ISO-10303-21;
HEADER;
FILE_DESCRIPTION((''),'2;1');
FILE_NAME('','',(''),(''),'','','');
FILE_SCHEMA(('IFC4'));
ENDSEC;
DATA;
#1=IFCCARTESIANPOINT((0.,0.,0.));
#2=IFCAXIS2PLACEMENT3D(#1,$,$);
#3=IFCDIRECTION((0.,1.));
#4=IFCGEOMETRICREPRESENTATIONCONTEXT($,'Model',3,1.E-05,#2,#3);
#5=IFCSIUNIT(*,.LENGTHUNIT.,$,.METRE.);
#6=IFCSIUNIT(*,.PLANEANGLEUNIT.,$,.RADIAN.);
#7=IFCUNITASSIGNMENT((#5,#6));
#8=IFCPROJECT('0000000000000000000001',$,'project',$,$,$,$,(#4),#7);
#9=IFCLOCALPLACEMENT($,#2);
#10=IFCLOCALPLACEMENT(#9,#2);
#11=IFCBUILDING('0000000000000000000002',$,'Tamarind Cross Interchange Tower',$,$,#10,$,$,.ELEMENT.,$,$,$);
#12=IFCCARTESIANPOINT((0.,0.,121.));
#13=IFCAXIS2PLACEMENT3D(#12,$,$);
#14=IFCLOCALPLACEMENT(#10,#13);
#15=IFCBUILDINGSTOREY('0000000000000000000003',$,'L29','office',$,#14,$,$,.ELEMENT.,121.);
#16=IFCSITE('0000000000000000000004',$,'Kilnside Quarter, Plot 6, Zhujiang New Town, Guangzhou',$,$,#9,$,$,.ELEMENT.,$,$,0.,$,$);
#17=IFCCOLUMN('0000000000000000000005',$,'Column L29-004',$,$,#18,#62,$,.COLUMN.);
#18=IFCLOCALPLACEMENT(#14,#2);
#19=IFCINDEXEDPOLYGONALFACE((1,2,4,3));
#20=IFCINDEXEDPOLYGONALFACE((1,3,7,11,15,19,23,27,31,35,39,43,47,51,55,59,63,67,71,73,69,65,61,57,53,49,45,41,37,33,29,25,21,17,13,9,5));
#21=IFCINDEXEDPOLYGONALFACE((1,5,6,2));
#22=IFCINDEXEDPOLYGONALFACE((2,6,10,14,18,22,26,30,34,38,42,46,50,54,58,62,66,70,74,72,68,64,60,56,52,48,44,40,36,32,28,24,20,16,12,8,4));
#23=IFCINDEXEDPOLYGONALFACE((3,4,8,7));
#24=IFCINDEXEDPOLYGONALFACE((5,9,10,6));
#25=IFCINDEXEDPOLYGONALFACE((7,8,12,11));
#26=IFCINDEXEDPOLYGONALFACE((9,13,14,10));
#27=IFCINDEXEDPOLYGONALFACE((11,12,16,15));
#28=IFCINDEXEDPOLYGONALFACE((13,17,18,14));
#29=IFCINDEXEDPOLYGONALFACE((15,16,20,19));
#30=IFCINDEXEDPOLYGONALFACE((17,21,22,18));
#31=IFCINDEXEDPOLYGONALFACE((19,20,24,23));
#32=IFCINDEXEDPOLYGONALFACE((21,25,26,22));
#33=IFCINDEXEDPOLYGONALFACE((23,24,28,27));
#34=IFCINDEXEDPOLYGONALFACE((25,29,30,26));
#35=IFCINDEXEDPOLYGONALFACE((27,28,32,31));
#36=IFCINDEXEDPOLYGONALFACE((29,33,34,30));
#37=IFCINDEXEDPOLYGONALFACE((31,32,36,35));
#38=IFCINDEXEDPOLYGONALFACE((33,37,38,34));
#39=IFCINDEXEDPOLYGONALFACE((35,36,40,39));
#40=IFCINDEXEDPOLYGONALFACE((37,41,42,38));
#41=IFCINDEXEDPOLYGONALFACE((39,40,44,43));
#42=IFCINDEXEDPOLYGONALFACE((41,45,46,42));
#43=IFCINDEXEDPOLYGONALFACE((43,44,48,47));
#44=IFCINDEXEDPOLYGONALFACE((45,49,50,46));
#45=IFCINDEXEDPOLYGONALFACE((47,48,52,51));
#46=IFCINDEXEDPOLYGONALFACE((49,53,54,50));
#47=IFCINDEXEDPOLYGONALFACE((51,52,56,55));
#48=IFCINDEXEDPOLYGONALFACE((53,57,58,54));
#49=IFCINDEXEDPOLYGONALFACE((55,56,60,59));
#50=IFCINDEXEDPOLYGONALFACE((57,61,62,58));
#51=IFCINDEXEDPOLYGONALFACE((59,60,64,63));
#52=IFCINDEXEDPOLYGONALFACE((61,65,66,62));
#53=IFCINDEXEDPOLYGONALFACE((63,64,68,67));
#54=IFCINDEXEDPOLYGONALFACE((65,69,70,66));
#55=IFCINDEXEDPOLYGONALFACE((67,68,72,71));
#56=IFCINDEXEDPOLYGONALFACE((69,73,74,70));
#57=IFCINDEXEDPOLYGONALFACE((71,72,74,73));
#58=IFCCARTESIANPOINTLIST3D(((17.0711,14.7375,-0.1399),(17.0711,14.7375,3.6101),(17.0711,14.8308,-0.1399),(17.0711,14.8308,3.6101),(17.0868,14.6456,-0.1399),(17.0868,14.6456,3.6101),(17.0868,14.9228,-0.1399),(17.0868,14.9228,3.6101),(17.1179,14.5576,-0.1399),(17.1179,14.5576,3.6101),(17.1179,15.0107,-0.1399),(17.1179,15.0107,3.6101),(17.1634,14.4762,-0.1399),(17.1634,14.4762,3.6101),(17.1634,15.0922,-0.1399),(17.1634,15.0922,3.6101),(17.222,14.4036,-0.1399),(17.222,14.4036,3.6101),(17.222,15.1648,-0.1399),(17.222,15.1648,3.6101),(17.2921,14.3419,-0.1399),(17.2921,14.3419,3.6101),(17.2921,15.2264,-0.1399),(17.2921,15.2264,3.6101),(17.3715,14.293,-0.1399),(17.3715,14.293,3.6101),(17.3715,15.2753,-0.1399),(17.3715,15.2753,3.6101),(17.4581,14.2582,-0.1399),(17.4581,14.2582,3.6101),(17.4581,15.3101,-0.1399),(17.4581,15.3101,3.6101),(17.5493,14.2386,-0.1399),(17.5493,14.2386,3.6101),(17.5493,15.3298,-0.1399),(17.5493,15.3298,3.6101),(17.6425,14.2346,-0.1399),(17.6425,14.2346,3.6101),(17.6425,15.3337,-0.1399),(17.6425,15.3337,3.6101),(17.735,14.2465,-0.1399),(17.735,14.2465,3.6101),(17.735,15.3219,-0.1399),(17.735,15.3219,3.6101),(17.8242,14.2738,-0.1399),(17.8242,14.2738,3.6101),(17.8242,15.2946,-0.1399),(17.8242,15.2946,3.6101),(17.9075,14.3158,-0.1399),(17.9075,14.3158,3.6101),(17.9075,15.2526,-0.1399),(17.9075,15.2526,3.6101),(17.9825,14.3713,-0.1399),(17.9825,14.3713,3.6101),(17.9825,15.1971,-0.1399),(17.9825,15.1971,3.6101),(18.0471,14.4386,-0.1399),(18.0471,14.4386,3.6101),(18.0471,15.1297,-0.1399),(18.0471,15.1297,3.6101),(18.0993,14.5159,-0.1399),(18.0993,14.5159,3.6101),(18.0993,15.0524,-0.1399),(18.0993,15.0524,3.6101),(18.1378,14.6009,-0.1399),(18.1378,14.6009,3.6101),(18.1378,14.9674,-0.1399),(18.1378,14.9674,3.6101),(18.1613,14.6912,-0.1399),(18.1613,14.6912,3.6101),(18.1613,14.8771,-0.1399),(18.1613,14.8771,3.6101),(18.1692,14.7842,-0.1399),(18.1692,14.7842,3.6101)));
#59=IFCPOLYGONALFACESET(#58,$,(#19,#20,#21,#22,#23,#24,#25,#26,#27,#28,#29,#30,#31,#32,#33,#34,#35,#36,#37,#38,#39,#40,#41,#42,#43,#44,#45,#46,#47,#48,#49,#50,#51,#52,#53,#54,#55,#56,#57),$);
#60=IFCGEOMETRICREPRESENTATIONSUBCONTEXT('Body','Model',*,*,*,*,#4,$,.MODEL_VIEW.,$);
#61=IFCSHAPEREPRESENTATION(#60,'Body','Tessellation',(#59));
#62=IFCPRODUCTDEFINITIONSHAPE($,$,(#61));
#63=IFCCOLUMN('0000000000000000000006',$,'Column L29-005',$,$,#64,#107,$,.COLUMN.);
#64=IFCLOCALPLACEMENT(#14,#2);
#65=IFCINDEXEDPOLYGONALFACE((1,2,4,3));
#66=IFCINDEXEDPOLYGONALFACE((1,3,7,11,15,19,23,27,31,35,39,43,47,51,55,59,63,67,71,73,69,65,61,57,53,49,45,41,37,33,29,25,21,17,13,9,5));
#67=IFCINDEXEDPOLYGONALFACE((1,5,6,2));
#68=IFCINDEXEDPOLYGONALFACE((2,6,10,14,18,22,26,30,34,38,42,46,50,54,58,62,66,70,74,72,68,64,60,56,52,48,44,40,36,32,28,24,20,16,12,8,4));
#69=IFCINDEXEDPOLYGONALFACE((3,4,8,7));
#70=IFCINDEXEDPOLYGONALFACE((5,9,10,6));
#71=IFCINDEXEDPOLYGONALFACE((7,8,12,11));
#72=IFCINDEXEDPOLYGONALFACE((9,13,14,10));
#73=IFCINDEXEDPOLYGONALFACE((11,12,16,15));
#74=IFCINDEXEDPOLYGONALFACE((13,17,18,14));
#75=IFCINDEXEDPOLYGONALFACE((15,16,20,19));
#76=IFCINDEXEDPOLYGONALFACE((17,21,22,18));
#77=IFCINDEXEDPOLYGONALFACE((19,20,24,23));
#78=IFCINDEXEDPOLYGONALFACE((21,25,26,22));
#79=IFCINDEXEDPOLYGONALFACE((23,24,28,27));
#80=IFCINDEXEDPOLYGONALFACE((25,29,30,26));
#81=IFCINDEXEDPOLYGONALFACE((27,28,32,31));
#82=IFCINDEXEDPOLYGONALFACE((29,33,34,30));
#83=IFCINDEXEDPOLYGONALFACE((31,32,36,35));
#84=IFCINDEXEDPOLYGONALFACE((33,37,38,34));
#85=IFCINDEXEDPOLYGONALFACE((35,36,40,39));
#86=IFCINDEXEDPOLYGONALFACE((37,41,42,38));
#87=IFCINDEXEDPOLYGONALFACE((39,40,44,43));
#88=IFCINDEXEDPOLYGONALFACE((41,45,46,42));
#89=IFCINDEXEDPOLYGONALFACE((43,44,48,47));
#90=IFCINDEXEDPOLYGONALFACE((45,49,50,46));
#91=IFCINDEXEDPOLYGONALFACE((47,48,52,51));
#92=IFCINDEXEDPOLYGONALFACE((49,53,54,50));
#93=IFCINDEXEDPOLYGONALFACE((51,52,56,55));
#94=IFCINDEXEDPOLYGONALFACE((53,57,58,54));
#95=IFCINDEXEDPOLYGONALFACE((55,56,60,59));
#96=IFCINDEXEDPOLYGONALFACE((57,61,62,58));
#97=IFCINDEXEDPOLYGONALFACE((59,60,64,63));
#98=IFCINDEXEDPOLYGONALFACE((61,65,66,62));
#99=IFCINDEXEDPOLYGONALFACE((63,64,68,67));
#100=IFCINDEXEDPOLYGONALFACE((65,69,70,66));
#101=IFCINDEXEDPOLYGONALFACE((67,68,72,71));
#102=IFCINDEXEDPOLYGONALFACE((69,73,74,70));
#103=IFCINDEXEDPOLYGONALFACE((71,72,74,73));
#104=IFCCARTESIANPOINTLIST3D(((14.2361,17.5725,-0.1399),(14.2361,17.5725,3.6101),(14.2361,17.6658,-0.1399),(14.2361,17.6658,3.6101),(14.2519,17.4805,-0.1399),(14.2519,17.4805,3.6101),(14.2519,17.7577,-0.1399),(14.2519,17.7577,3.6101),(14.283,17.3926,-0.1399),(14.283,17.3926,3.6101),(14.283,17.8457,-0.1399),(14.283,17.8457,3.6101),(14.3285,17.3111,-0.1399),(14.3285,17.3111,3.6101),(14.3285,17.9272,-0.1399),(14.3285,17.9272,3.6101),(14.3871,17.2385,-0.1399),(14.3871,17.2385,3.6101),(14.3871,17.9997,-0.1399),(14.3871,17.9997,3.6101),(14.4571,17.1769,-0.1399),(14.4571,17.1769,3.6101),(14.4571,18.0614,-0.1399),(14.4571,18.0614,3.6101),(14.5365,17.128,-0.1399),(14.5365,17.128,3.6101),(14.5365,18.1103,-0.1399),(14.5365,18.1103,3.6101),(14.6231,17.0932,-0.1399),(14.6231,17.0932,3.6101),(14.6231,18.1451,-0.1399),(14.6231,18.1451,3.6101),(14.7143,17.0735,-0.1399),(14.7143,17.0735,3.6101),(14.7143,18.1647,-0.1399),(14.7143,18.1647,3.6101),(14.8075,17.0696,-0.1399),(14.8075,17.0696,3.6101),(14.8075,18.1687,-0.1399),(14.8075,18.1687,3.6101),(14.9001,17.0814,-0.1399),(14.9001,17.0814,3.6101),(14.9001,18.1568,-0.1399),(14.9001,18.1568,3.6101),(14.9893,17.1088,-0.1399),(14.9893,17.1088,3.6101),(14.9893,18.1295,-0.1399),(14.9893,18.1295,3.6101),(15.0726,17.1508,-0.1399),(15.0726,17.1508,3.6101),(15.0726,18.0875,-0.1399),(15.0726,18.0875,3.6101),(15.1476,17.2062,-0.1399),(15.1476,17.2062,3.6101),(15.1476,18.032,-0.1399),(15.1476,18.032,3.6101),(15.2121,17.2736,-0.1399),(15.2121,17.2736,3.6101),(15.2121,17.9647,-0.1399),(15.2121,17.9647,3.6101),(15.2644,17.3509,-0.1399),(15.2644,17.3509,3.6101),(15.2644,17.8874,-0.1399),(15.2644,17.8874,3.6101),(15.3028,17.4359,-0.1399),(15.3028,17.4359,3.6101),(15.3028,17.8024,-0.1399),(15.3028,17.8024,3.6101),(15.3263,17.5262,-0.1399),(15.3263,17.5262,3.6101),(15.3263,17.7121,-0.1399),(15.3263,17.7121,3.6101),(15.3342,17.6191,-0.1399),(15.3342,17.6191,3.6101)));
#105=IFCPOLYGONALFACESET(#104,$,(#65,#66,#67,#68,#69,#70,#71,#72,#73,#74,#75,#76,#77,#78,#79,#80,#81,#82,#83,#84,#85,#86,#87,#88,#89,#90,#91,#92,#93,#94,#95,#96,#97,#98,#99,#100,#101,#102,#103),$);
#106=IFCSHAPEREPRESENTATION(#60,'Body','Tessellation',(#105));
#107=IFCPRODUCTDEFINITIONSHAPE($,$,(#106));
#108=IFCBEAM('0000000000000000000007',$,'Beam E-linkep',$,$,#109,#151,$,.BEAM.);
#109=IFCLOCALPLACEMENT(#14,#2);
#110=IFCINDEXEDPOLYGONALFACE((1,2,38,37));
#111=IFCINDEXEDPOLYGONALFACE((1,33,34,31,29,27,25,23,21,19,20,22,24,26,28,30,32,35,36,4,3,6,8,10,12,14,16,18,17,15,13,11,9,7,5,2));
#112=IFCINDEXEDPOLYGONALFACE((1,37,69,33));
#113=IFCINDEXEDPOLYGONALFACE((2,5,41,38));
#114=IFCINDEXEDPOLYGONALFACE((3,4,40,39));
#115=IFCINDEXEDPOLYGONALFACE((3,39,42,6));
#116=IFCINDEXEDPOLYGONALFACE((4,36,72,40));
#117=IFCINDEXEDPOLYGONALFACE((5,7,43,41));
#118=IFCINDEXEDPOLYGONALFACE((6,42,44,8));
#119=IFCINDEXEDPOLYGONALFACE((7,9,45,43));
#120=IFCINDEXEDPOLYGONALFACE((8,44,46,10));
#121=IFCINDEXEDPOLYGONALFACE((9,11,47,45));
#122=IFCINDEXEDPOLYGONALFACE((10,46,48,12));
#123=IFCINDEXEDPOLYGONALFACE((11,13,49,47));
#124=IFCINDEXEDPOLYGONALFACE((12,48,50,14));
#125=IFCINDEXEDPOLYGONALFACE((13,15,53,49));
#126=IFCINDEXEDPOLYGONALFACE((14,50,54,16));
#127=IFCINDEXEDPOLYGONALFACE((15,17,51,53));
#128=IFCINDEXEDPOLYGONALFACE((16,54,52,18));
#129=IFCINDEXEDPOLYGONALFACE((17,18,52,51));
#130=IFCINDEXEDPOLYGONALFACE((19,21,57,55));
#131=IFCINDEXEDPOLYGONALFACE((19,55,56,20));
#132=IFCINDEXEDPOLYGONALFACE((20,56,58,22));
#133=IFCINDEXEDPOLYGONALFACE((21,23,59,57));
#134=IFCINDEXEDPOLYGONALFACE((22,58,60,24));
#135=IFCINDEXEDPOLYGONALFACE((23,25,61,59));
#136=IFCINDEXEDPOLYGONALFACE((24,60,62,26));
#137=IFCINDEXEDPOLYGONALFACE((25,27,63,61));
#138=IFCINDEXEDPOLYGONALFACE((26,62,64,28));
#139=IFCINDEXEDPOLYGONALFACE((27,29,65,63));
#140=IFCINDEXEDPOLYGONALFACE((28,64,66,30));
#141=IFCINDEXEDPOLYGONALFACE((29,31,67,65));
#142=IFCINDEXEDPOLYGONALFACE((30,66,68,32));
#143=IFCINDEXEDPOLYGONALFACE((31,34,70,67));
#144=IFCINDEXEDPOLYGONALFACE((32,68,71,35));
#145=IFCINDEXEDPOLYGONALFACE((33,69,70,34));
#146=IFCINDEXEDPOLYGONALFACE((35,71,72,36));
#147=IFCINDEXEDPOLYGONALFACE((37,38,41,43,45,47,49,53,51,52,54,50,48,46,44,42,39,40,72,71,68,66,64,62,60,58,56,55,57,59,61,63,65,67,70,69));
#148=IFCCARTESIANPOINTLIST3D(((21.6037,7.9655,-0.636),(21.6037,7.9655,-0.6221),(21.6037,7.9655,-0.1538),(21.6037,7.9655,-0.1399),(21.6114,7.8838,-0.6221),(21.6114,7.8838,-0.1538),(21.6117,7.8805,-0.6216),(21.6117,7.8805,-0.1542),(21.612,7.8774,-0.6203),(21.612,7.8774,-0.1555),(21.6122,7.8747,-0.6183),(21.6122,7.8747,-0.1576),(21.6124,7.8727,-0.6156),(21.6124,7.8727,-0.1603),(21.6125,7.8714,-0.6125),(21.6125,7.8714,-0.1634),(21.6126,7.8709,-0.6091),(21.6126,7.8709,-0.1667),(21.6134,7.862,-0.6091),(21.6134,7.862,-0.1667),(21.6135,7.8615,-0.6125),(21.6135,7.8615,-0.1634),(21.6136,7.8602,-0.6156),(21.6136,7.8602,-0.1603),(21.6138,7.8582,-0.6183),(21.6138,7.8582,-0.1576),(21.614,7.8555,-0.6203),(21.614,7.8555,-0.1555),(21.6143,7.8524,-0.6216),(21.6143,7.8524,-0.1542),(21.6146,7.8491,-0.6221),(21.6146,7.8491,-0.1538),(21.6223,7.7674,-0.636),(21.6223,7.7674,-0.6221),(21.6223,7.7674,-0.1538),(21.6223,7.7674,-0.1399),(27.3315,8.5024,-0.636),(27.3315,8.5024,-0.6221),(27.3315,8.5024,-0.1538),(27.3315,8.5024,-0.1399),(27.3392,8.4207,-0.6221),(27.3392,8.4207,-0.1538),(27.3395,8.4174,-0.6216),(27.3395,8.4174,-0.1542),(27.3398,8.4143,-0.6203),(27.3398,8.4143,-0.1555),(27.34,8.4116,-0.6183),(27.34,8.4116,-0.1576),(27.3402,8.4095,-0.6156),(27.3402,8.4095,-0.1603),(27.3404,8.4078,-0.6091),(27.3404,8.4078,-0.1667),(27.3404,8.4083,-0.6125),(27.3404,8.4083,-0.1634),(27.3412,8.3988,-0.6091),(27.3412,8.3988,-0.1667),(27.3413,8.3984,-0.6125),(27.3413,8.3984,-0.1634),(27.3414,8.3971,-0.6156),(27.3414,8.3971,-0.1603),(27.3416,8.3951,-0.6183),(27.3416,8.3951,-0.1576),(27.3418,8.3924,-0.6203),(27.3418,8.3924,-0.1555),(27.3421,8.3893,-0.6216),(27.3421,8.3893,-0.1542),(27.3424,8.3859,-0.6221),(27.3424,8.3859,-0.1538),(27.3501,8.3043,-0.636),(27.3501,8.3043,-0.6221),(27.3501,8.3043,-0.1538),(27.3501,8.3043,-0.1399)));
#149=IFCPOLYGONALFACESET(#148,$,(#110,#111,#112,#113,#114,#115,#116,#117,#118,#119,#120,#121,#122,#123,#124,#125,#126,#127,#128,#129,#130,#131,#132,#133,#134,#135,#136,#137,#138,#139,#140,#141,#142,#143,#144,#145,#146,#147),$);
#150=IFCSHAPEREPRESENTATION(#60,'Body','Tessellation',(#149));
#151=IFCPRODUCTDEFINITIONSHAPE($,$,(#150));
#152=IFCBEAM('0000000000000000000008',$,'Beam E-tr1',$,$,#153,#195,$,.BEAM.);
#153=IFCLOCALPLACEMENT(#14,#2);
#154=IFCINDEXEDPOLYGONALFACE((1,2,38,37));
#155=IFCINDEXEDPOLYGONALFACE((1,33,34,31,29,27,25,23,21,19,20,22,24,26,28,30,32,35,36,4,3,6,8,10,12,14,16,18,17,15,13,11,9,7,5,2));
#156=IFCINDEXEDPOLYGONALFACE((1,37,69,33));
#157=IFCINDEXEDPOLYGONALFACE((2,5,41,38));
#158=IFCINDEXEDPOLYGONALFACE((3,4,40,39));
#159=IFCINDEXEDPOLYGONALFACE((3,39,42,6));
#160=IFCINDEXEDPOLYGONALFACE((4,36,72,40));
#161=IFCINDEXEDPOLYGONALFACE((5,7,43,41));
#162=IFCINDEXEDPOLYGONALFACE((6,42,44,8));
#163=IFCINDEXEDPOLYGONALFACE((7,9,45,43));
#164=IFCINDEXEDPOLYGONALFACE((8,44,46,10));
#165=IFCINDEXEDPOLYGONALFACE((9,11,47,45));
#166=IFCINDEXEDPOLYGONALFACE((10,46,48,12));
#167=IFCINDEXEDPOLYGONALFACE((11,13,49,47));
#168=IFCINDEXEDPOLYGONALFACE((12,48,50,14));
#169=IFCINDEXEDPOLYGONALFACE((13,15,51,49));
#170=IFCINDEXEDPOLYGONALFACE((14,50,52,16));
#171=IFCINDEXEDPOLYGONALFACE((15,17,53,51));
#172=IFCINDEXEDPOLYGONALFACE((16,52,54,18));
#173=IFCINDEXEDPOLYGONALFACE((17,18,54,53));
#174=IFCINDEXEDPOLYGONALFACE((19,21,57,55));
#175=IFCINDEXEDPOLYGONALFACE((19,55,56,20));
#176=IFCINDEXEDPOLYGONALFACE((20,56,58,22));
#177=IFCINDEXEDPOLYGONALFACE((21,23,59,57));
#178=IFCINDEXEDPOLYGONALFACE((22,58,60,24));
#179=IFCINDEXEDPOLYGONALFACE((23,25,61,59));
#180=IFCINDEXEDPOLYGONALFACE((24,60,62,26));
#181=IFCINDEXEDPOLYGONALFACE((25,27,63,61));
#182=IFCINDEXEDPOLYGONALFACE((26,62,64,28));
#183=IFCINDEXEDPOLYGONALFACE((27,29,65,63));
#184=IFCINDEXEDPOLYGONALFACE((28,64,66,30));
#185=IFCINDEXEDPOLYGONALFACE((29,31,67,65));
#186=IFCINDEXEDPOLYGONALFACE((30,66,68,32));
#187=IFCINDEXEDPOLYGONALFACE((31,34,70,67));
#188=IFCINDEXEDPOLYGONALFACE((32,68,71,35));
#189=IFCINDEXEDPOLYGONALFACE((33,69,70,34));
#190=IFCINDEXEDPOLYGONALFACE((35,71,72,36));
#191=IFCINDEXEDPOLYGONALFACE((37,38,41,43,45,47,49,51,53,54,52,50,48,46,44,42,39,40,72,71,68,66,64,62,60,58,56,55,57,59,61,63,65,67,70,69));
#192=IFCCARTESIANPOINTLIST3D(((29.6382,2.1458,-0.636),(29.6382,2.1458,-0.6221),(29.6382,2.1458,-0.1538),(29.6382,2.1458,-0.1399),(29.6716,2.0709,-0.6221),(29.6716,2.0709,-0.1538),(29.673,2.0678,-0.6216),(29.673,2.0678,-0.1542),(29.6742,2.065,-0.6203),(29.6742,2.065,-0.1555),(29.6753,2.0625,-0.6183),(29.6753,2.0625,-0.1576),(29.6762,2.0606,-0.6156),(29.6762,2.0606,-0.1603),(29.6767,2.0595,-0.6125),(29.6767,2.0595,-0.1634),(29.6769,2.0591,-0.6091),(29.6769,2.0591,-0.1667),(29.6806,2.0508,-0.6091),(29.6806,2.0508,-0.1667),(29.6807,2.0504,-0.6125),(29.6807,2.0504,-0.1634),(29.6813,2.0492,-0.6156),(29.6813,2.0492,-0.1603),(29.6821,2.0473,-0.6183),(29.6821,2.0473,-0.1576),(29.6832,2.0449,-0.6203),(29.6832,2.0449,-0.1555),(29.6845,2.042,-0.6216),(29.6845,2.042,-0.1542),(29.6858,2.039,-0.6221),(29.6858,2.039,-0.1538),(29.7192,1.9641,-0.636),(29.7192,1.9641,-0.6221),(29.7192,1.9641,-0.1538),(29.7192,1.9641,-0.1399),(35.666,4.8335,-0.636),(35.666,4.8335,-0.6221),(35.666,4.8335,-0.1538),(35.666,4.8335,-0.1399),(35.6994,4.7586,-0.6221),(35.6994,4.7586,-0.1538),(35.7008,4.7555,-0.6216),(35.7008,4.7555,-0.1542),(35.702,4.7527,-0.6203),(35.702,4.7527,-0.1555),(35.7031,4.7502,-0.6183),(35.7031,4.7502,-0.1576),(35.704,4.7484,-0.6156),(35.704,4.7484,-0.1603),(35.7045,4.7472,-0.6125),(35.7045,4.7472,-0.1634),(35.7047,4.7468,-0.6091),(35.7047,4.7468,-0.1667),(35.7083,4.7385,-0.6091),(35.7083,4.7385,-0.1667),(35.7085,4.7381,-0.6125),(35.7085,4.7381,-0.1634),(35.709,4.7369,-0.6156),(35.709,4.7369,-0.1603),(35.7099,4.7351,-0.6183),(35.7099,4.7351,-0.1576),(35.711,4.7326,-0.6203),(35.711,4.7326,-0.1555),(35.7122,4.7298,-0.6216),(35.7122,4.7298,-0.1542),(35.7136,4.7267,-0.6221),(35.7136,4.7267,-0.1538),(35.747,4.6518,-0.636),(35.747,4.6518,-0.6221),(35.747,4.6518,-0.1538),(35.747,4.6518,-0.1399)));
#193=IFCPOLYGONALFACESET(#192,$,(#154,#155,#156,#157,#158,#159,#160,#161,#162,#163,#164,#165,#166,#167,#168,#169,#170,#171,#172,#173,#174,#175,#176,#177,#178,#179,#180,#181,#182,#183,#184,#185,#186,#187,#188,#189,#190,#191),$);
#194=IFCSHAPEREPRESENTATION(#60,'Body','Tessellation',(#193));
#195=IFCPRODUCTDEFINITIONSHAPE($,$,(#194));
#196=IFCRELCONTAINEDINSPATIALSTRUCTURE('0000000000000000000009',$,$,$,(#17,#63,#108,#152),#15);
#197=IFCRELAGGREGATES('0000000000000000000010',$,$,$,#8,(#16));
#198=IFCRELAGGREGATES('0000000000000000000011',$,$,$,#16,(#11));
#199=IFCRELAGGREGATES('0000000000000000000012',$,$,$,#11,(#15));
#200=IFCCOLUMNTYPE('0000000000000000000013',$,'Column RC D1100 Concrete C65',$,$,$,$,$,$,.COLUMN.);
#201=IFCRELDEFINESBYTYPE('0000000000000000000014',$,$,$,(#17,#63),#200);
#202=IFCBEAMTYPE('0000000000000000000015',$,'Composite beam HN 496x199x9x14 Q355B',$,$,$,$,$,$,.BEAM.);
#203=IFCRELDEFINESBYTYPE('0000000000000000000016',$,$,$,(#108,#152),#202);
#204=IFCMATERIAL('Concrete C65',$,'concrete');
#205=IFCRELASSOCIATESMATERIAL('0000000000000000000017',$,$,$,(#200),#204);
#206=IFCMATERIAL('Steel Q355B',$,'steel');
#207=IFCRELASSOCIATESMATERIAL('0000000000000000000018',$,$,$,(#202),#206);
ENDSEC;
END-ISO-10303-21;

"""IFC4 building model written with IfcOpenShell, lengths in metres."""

from ifc_helpers import new_model, si_unit, direction, frame, origin, origin_2d, place, context, subcontext, project, spatial, circle, i_section, extrude, material, material_profile, profile_set, type_object, element, save


model = new_model("IFC4")

# Units and contexts
model_context = context("Model", 3, precision=1e-05, world=origin(), true_north=direction((0.0, 1.0)))
body_context = subcontext(model_context, "Body", "Model", "MODEL_VIEW")
ifc_project = project(units=[si_unit("LENGTHUNIT", "METRE"), si_unit("PLANEANGLEUNIT", "RADIAN")], contexts=[model_context])

# Site, building, storey
site_placement = place(None, origin())
site = spatial("IfcSite", under=ifc_project, at=site_placement, Name="Kilnside Quarter, Plot 6, Zhujiang New Town, Guangzhou", CompositionType="ELEMENT", RefElevation=0.0)
building_placement = place(site_placement, origin())
building = spatial("IfcBuilding", under=site, at=building_placement, Name="Tamarind Cross Interchange Tower", CompositionType="ELEMENT")
storey_placement = place(building_placement, frame((0.0, 0.0, 121.0)))
storey = spatial("IfcBuildingStorey", under=building, at=storey_placement, Name="L29", Description="office", CompositionType="ELEMENT", Elevation=121.0)

# Columns
ifc_material_1 = material(Name="Concrete C65", Category="concrete")
ifc_material_profile_1 = material_profile(ifc_material_1, circle(Radius=0.55, at=origin_2d()), Name="RC D1100")
ifc_profile_set_1 = profile_set([ifc_material_profile_1], Name="Concrete C65")
column_type_1 = type_object("IfcColumnType", Name="Column RC D1100 Concrete C65", PredefinedType="COLUMN", material=ifc_profile_set_1)
for number, where, z_axis, x_axis, name in (
    (1, (17.6191, 14.7842, -0.1399), (0.0, 0.0, 1.0), (1.0, 0.0, 0.0), "Column L29-004"),
    (2, (14.7842, 17.6191, -0.1399), (0.0, 0.0, 1.0), (1.0, 0.0, 0.0), "Column L29-005"),
):
    element("IfcColumn", number, at=place(storey_placement, frame(where, z_axis=z_axis, x_axis=x_axis)), inside=storey, type_object=column_type_1, Name=name, PredefinedType="COLUMN", context=body_context, shape_type="SweptSolid", body=[
        extrude(circle(Radius=0.55, at=origin_2d()), origin(), (0.0, 0.0, 1.0), 3.75),
    ])

# Beams
ifc_material_2 = material(Name="Steel Q355B", Category="steel")
ifc_material_profile_2 = material_profile(ifc_material_2, i_section(OverallWidth=0.199, OverallDepth=0.4961, WebThickness=0.009, FlangeThickness=0.0139, FilletRadius=0.0129, at=origin_2d()), Name="HN 496x199x9x14")
ifc_profile_set_2 = profile_set([ifc_material_profile_2], Name="Steel Q355B")
beam_type_1 = type_object("IfcBeamType", Name="Composite beam HN 496x199x9x14 Q355B", PredefinedType="BEAM", material=ifc_profile_set_2)
beam_1_placement = place(storey_placement, frame((27.3408, 8.4033, -0.3879), z_axis=(-0.995636, -0.093321, 0.0), x_axis=(0.093321, -0.995636, 0.0)))
element("IfcBeam", 3, at=beam_1_placement, inside=storey, type_object=beam_type_1, Name="Beam E-linkep", PredefinedType="BEAM", context=body_context, shape_type="SweptSolid", body=[
    extrude(i_section(OverallWidth=0.199, OverallDepth=0.4961, WebThickness=0.009, FlangeThickness=0.0139, FilletRadius=0.0129, at=origin_2d()), origin(), (0.0, 0.0, 1.0), 5.7529),
])
beam_2_placement = place(storey_placement, frame((29.6787, 2.0549, -0.3879), z_axis=(0.913321, 0.40724, 0.0), x_axis=(-0.40724, 0.913321, 0.0)))
element("IfcBeam", 4, at=beam_2_placement, inside=storey, type_object=beam_type_1, Name="Beam E-tr1", PredefinedType="BEAM", context=body_context, shape_type="SweptSolid", body=[
    extrude(i_section(OverallWidth=0.199, OverallDepth=0.4961, WebThickness=0.009, FlangeThickness=0.0139, FilletRadius=0.0129, at=origin_2d()), origin(), (0.0, 0.0, 1.0), 6.5999),
])

save(model, "model.ifc")
